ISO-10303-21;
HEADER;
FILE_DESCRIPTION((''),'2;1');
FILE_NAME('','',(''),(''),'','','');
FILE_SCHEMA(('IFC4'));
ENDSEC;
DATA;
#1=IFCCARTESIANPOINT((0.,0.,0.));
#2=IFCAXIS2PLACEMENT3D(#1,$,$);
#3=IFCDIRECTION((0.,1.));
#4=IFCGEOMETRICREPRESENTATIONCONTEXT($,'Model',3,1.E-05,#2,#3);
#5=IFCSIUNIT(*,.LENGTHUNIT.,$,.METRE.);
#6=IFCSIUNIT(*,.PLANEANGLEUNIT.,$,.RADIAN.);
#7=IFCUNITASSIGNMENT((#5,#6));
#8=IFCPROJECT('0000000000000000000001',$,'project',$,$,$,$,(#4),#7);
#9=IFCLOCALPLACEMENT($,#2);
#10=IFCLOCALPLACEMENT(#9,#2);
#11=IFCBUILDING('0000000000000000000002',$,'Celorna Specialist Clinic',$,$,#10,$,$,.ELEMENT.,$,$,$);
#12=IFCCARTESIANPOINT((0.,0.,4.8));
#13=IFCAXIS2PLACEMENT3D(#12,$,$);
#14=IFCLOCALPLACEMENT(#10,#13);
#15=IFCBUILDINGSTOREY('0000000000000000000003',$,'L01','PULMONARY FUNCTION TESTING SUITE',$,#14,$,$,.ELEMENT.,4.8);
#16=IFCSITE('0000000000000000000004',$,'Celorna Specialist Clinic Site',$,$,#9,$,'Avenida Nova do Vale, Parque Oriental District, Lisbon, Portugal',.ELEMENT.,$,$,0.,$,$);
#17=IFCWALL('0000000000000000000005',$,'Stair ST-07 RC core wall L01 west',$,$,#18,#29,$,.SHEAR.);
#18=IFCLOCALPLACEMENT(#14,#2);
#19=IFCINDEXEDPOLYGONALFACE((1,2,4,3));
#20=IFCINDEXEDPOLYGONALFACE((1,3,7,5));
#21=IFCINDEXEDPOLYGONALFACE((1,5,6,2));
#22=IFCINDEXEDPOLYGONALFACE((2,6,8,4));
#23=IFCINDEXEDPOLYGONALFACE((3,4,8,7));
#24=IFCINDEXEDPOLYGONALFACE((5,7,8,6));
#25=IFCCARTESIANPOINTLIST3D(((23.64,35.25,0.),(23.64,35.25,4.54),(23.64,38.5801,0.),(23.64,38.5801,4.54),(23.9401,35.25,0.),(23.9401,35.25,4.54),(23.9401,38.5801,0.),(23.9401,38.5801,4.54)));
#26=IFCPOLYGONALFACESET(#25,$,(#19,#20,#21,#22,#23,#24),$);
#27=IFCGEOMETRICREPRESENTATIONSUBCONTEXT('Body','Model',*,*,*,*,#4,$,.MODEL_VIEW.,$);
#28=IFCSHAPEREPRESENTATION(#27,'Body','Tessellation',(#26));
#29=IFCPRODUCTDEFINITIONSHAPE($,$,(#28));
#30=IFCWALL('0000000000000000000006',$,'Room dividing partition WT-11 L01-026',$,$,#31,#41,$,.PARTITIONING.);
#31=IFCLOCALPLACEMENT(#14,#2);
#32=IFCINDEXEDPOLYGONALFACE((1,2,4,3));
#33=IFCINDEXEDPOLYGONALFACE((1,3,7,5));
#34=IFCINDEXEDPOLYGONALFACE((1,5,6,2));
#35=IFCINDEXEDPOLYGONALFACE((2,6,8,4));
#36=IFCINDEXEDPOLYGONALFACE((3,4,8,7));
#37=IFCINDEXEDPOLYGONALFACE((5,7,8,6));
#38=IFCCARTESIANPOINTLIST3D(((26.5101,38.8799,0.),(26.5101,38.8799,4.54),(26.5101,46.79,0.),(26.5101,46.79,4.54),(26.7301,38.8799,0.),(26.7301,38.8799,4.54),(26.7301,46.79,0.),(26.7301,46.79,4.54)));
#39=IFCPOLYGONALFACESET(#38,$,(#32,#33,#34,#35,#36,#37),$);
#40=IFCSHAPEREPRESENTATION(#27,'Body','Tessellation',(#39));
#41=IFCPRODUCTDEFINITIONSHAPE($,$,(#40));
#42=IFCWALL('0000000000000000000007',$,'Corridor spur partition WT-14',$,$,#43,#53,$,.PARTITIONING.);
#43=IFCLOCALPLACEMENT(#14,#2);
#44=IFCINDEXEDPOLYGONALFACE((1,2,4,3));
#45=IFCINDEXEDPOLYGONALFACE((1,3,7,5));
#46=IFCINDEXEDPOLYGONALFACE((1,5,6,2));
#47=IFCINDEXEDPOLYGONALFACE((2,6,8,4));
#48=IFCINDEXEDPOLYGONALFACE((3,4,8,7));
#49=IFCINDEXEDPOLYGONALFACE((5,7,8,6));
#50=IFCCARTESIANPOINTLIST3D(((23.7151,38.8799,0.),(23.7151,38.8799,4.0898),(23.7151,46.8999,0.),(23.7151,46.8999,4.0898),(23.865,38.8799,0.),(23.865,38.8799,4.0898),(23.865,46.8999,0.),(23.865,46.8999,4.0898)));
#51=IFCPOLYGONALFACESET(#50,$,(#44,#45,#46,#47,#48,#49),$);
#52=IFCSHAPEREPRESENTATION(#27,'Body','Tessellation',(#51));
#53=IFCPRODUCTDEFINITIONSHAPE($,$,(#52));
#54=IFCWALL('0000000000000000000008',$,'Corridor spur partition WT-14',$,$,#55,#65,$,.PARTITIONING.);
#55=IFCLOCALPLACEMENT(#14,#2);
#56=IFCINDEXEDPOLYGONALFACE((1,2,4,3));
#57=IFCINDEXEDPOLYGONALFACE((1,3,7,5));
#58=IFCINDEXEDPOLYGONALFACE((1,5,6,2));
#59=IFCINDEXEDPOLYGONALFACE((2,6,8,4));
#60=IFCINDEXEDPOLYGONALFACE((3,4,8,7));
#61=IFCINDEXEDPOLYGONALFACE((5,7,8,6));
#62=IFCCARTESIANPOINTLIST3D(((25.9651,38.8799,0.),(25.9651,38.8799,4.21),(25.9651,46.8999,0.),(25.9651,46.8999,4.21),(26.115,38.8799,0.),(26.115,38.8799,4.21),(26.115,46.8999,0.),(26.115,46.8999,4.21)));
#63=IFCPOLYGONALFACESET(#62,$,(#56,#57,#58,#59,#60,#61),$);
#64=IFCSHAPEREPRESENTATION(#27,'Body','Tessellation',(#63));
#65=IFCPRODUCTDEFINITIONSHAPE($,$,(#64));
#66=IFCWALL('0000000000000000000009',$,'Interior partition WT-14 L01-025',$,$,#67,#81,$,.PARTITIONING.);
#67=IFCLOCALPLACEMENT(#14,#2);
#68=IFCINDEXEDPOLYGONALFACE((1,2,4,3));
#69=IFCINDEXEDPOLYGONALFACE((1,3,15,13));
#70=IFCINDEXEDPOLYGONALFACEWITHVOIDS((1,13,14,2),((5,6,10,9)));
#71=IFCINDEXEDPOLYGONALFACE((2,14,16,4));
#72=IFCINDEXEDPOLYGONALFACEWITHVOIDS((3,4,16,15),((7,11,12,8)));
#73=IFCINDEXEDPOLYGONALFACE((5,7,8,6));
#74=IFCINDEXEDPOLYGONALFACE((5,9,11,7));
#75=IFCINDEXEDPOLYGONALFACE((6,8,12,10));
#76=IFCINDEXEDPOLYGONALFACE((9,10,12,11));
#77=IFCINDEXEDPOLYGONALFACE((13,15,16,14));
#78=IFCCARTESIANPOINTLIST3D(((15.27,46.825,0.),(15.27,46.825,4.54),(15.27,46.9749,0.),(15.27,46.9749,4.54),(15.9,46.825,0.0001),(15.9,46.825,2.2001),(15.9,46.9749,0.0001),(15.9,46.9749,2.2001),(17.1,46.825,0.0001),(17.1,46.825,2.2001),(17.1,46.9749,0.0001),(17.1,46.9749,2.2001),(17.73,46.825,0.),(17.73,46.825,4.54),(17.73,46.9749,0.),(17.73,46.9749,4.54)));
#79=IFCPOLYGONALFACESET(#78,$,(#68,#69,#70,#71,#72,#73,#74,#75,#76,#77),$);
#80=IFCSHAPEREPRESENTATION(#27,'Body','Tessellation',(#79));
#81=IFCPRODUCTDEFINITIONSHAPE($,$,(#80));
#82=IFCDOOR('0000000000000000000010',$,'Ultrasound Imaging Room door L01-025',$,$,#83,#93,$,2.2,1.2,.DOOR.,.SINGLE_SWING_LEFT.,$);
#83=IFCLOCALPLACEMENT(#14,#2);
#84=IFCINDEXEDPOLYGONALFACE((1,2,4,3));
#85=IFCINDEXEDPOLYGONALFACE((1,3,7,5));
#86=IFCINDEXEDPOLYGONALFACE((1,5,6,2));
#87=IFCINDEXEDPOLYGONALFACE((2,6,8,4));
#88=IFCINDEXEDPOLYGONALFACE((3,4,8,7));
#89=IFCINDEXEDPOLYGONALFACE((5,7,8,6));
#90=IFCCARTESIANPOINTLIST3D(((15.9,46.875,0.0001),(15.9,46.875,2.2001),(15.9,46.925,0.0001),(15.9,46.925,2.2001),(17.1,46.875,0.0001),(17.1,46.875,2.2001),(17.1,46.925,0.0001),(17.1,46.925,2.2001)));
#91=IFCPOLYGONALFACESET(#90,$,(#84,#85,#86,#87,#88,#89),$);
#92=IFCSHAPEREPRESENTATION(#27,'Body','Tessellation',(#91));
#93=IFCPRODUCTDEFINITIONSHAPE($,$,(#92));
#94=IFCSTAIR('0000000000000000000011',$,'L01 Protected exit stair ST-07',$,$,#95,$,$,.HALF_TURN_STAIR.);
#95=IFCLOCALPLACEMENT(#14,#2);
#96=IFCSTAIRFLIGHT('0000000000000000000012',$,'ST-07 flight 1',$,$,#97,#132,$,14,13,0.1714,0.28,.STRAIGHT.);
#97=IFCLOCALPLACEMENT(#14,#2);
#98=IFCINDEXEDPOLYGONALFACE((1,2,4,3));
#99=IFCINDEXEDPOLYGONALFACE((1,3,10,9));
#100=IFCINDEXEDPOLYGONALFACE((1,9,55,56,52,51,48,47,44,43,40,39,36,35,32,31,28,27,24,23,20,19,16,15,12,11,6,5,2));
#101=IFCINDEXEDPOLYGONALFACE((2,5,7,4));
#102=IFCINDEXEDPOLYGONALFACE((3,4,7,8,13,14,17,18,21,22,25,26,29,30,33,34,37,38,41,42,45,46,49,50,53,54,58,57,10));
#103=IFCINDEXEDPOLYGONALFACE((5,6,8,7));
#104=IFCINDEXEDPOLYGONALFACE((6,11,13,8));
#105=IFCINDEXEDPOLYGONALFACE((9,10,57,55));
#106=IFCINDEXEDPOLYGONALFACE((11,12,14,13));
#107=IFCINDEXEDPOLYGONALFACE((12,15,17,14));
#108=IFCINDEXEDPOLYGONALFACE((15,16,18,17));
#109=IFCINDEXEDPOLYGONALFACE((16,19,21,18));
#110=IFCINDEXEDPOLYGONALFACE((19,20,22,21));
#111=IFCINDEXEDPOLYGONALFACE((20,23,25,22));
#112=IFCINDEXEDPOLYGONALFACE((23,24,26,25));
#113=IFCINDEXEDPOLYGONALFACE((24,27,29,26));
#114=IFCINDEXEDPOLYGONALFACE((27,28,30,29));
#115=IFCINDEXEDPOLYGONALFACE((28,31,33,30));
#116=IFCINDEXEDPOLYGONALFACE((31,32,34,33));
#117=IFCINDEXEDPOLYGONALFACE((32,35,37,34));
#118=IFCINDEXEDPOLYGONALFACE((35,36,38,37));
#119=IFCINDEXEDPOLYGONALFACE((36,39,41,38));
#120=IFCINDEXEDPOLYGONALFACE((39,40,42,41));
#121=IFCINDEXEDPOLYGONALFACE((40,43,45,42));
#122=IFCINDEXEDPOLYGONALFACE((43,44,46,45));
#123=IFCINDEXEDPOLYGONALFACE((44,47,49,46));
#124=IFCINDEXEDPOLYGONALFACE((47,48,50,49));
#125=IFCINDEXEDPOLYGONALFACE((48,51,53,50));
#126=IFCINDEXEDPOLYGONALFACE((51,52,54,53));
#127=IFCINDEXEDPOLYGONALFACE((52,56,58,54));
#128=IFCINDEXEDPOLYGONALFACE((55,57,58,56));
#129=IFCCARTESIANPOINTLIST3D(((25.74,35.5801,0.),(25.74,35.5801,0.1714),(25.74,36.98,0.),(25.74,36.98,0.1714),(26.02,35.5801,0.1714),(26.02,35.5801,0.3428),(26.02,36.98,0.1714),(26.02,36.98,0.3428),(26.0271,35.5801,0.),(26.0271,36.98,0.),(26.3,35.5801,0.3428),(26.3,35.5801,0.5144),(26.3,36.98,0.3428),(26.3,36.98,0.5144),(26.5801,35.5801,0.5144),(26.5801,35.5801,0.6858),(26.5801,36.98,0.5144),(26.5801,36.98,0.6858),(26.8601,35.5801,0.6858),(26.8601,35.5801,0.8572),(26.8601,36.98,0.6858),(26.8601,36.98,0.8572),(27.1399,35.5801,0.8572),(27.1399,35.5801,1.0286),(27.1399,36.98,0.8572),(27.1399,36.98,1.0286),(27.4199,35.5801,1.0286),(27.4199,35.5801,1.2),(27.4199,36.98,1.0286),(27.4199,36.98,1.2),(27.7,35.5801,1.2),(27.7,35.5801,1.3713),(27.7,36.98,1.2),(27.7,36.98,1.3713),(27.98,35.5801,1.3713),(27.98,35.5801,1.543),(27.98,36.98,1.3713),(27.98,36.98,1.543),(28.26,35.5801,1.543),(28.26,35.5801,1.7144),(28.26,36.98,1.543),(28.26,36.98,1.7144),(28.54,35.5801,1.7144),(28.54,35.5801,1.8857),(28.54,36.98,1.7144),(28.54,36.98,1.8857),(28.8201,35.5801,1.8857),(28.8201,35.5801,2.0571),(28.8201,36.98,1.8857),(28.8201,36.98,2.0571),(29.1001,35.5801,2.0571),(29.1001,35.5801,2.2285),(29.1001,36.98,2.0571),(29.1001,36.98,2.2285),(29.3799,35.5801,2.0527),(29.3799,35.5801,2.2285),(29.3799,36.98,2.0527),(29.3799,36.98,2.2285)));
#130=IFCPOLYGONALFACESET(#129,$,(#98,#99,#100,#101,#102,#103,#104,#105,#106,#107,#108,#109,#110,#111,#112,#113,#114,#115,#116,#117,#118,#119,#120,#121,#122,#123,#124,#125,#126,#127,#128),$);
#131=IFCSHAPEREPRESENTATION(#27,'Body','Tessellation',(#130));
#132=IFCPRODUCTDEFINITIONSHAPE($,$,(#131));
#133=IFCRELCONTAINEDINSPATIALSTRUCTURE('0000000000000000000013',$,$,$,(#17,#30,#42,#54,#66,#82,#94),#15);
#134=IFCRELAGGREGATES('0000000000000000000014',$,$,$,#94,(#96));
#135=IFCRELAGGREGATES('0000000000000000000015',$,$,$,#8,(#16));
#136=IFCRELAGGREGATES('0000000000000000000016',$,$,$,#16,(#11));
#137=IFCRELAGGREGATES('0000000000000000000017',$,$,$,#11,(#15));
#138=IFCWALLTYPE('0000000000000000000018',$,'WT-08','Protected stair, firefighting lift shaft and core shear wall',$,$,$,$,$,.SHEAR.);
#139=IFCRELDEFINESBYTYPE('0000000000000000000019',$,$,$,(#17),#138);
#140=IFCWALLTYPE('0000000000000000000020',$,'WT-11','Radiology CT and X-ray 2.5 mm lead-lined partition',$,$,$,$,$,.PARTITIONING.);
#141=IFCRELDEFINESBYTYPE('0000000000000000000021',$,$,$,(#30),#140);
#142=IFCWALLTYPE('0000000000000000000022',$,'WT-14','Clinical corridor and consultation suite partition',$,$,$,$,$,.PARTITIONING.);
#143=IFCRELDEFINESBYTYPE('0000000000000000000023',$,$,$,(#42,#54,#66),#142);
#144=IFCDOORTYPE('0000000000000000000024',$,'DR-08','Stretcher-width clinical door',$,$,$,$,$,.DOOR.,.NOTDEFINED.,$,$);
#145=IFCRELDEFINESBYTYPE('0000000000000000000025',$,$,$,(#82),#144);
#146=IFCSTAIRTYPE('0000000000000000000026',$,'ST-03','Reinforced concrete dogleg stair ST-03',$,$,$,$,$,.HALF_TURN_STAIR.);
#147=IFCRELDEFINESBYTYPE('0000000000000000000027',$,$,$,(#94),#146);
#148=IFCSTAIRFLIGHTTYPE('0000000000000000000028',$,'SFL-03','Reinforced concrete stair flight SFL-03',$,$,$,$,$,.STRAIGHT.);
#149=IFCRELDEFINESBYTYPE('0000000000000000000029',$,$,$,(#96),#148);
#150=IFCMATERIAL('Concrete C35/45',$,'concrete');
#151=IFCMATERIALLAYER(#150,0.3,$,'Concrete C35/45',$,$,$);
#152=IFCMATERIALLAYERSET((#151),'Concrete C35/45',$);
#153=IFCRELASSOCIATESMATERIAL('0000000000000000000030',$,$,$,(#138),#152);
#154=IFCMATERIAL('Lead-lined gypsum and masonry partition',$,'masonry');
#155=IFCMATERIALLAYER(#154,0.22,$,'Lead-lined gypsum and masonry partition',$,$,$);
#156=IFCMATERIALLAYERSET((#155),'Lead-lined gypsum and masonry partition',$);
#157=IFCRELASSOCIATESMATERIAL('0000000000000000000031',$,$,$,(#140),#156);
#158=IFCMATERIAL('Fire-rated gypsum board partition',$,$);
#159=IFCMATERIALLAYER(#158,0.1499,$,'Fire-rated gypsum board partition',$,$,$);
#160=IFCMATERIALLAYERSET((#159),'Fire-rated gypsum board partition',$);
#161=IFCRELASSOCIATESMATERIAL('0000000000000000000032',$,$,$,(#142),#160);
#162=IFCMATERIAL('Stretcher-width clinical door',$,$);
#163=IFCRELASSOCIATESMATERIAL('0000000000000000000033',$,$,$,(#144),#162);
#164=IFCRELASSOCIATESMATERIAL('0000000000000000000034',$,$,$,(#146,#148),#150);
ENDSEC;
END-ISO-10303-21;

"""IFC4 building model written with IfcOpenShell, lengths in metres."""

from ifc_helpers import new_model, si_unit, direction, frame, frame_2d, origin, place, context, subcontext, project, spatial, polyline, rectangle, outline, extrude, material, layer, layer_set, type_object, element, fill, aggregate, save


model = new_model("IFC4")

# Units and contexts
model_context = context("Model", 3, precision=1e-05, world=origin(), true_north=direction((0.0, 1.0)))
body_context = subcontext(model_context, "Body", "Model", "MODEL_VIEW")
ifc_project = project(units=[si_unit("LENGTHUNIT", "METRE"), si_unit("PLANEANGLEUNIT", "RADIAN")], contexts=[model_context])

# Site, building, storey
site_placement = place(None, origin())
site = spatial("IfcSite", under=ifc_project, at=site_placement, Name="Celorna Specialist Clinic Site", LongName="Avenida Nova do Vale, Parque Oriental District, Lisbon, Portugal", CompositionType="ELEMENT", RefElevation=0.0)
building_placement = place(site_placement, origin())
building = spatial("IfcBuilding", under=site, at=building_placement, Name="Celorna Specialist Clinic", CompositionType="ELEMENT")
storey_placement = place(building_placement, frame((0.0, 0.0, 4.8)))
storey = spatial("IfcBuildingStorey", under=building, at=storey_placement, Name="L01", Description="PULMONARY FUNCTION TESTING SUITE", CompositionType="ELEMENT", Elevation=4.8)

# Shared definitions
ifc_material_1 = material(Name="Concrete C35/45", Category="concrete")

# Walls
ifc_layer_1 = layer(ifc_material_1, 0.3, Name="Concrete C35/45")
ifc_layer_set_1 = layer_set([ifc_layer_1], Name="Concrete C35/45")
wall_type_1 = type_object("IfcWallType", Name="WT-08", Description="Protected stair, firefighting lift shaft and core shear wall", PredefinedType="SHEAR", material=ifc_layer_set_1)
wall_1_placement = place(storey_placement, frame((23.79, 38.5801, 0.0), z_axis=(0.0, 0.0, 1.0), x_axis=(0.0, -1.0, 0.0)))
element("IfcWall", 1, at=wall_1_placement, inside=storey, type_object=wall_type_1, Name="Stair ST-07 RC core wall L01 west", PredefinedType="SHEAR", context=body_context, shape_type="SweptSolid", body=[
    extrude(rectangle(XDim=3.3301, YDim=0.3, at=frame_2d((1.665, 0.0))), origin(), (0.0, 0.0, 1.0), 4.54),
])
ifc_material_2 = material(Name="Lead-lined gypsum and masonry partition", Category="masonry")
ifc_layer_2 = layer(ifc_material_2, 0.22, Name="Lead-lined gypsum and masonry partition")
ifc_layer_set_2 = layer_set([ifc_layer_2], Name="Lead-lined gypsum and masonry partition")
wall_type_2 = type_object("IfcWallType", Name="WT-11", Description="Radiology CT and X-ray 2.5 mm lead-lined partition", PredefinedType="PARTITIONING", material=ifc_layer_set_2)
wall_2_placement = place(storey_placement, frame((26.6201, 38.8799, 0.0), z_axis=(0.0, 0.0, 1.0), x_axis=(0.0, 1.0, 0.0)))
element("IfcWall", 2, at=wall_2_placement, inside=storey, type_object=wall_type_2, Name="Room dividing partition WT-11 L01-026", PredefinedType="PARTITIONING", context=body_context, shape_type="SweptSolid", body=[
    extrude(rectangle(XDim=7.9102, YDim=0.22, at=frame_2d((3.9551, 0.0))), origin(), (0.0, 0.0, 1.0), 4.54),
])
ifc_material_3 = material(Name="Fire-rated gypsum board partition")
ifc_layer_3 = layer(ifc_material_3, 0.1499, Name="Fire-rated gypsum board partition")
ifc_layer_set_3 = layer_set([ifc_layer_3], Name="Fire-rated gypsum board partition")
wall_type_3 = type_object("IfcWallType", Name="WT-14", Description="Clinical corridor and consultation suite partition", PredefinedType="PARTITIONING", material=ifc_layer_set_3)
wall_3_placement = place(storey_placement, frame((23.79, 38.8799, 0.0), z_axis=(0.0, 0.0, 1.0), x_axis=(0.0, 1.0, 0.0)))
element("IfcWall", 3, at=wall_3_placement, inside=storey, type_object=wall_type_3, Name="Corridor spur partition WT-14", PredefinedType="PARTITIONING", context=body_context, shape_type="SweptSolid", body=[
    extrude(rectangle(XDim=8.02, YDim=0.1499, at=frame_2d((4.01, 0.0))), origin(), (0.0, 0.0, 1.0), 4.0898),
])
wall_4_placement = place(storey_placement, frame((26.04, 38.8799, 0.0), z_axis=(0.0, 0.0, 1.0), x_axis=(0.0, 1.0, 0.0)))
element("IfcWall", 4, at=wall_4_placement, inside=storey, type_object=wall_type_3, Name="Corridor spur partition WT-14", PredefinedType="PARTITIONING", context=body_context, shape_type="SweptSolid", body=[
    extrude(rectangle(XDim=8.02, YDim=0.1499, at=frame_2d((4.01, 0.0))), origin(), (0.0, 0.0, 1.0), 4.21),
])

# Wall, opening, door
wall_5_placement = place(storey_placement, frame((17.73, 46.8999, 0.0), z_axis=(0.0, 0.0, 1.0), x_axis=(-1.0, 0.0, 0.0)))
wall_5 = element("IfcWall", 5, at=wall_5_placement, inside=storey, type_object=wall_type_3, Name="Interior partition WT-14 L01-025", PredefinedType="PARTITIONING", context=body_context, shape_type="SweptSolid", body=[
    extrude(rectangle(XDim=2.46, YDim=0.1499, at=frame_2d((1.23, 0.0))), origin(), (0.0, 0.0, 1.0), 4.54),
])
opening_placement = place(wall_5_placement, frame((0.6299, 0.0, 0.0)))
opening = element("IfcOpeningElement", 6, at=opening_placement, cuts=wall_5, PredefinedType="OPENING", context=body_context, shape_type="SweptSolid", body=[
    extrude(rectangle(XDim=1.2, YDim=2.2, at=frame_2d((0.6001, 1.1001))), frame((0.0, 0.085, 0.0), z_axis=(0.0, -1.0, 0.0), x_axis=(1.0, 0.0, 0.0)), (0.0, 0.0, 1.0), 0.1699),
])
ifc_material_4 = material(Name="Stretcher-width clinical door")
door_type = type_object("IfcDoorType", Name="DR-08", Description="Stretcher-width clinical door", OperationType="NOTDEFINED", PredefinedType="DOOR", material=ifc_material_4)
door_placement = place(opening_placement, origin())
door = element("IfcDoor", 7, at=door_placement, inside=storey, type_object=door_type, Name="Ultrasound Imaging Room door L01-025", OperationType="SINGLE_SWING_LEFT", OverallHeight=2.2, OverallWidth=1.2, PredefinedType="DOOR", context=body_context, shape_type="SweptSolid", body=[
    extrude(rectangle(XDim=1.2, YDim=2.2, at=frame_2d((0.6001, 1.1001))), frame((0.0, 0.0249, 0.0), z_axis=(0.0, -1.0, 0.0), x_axis=(1.0, 0.0, 0.0)), (0.0, 0.0, 1.0), 0.05),
])
fill(opening, door)

# Stair, stair flight
stair_type = type_object("IfcStairType", Name="ST-03", Description="Reinforced concrete dogleg stair ST-03", PredefinedType="HALF_TURN_STAIR", material=ifc_material_1)
stair_placement = place(storey_placement, origin())
stair = element("IfcStair", 8, at=stair_placement, inside=storey, type_object=stair_type, Name="L01 Protected exit stair ST-07", PredefinedType="HALF_TURN_STAIR")
stair_flight_type = type_object("IfcStairFlightType", Name="SFL-03", Description="Reinforced concrete stair flight SFL-03", PredefinedType="STRAIGHT", material=ifc_material_1)
stair_flight_placement = place(storey_placement, frame((25.74, 36.28, 0.0), z_axis=(0.0, 0.0, 1.0), x_axis=(1.0, 0.0, 0.0)))
stair_flight = element("IfcStairFlight", 9, at=stair_flight_placement, type_object=stair_flight_type, Name="ST-07 flight 1", NumberOfRisers=14, NumberOfTreads=13, PredefinedType="STRAIGHT", RiserHeight=0.1714, TreadLength=0.28, context=body_context, shape_type="SweptSolid", body=[
    extrude(outline(polyline([(0.0, 0.0), (0.0, 0.1714), (0.28, 0.1714), (0.28, 0.3428), (0.5601, 0.3428), (0.5601, 0.5144), (0.8401, 0.5144), (0.8401, 0.6858), (1.1201, 0.6858), (1.1201, 0.8572), (1.3999, 0.8572), (1.3999, 1.0286), (1.6799, 1.0286), (1.6799, 1.2), (1.96, 1.2), (1.96, 1.3713), (2.24, 1.3713), (2.24, 1.543), (2.52, 1.543), (2.52, 1.7144), (2.8, 1.7144), (2.8, 1.8857), (3.0801, 1.8857), (3.0801, 2.0571), (3.3601, 2.0571), (3.3601, 2.2285), (3.6399, 2.2285), (3.6399, 2.3999), (3.6399, 2.0527), (0.2871, 0.0), (0.0, 0.0)])), frame((0.0, 0.7, 0.0), z_axis=(0.0, -1.0, 0.0), x_axis=(1.0, 0.0, 0.0)), (0.0, 0.0, 1.0), 1.3999),
])
aggregate(stair, [stair_flight])

save(model, "model.ifc")
